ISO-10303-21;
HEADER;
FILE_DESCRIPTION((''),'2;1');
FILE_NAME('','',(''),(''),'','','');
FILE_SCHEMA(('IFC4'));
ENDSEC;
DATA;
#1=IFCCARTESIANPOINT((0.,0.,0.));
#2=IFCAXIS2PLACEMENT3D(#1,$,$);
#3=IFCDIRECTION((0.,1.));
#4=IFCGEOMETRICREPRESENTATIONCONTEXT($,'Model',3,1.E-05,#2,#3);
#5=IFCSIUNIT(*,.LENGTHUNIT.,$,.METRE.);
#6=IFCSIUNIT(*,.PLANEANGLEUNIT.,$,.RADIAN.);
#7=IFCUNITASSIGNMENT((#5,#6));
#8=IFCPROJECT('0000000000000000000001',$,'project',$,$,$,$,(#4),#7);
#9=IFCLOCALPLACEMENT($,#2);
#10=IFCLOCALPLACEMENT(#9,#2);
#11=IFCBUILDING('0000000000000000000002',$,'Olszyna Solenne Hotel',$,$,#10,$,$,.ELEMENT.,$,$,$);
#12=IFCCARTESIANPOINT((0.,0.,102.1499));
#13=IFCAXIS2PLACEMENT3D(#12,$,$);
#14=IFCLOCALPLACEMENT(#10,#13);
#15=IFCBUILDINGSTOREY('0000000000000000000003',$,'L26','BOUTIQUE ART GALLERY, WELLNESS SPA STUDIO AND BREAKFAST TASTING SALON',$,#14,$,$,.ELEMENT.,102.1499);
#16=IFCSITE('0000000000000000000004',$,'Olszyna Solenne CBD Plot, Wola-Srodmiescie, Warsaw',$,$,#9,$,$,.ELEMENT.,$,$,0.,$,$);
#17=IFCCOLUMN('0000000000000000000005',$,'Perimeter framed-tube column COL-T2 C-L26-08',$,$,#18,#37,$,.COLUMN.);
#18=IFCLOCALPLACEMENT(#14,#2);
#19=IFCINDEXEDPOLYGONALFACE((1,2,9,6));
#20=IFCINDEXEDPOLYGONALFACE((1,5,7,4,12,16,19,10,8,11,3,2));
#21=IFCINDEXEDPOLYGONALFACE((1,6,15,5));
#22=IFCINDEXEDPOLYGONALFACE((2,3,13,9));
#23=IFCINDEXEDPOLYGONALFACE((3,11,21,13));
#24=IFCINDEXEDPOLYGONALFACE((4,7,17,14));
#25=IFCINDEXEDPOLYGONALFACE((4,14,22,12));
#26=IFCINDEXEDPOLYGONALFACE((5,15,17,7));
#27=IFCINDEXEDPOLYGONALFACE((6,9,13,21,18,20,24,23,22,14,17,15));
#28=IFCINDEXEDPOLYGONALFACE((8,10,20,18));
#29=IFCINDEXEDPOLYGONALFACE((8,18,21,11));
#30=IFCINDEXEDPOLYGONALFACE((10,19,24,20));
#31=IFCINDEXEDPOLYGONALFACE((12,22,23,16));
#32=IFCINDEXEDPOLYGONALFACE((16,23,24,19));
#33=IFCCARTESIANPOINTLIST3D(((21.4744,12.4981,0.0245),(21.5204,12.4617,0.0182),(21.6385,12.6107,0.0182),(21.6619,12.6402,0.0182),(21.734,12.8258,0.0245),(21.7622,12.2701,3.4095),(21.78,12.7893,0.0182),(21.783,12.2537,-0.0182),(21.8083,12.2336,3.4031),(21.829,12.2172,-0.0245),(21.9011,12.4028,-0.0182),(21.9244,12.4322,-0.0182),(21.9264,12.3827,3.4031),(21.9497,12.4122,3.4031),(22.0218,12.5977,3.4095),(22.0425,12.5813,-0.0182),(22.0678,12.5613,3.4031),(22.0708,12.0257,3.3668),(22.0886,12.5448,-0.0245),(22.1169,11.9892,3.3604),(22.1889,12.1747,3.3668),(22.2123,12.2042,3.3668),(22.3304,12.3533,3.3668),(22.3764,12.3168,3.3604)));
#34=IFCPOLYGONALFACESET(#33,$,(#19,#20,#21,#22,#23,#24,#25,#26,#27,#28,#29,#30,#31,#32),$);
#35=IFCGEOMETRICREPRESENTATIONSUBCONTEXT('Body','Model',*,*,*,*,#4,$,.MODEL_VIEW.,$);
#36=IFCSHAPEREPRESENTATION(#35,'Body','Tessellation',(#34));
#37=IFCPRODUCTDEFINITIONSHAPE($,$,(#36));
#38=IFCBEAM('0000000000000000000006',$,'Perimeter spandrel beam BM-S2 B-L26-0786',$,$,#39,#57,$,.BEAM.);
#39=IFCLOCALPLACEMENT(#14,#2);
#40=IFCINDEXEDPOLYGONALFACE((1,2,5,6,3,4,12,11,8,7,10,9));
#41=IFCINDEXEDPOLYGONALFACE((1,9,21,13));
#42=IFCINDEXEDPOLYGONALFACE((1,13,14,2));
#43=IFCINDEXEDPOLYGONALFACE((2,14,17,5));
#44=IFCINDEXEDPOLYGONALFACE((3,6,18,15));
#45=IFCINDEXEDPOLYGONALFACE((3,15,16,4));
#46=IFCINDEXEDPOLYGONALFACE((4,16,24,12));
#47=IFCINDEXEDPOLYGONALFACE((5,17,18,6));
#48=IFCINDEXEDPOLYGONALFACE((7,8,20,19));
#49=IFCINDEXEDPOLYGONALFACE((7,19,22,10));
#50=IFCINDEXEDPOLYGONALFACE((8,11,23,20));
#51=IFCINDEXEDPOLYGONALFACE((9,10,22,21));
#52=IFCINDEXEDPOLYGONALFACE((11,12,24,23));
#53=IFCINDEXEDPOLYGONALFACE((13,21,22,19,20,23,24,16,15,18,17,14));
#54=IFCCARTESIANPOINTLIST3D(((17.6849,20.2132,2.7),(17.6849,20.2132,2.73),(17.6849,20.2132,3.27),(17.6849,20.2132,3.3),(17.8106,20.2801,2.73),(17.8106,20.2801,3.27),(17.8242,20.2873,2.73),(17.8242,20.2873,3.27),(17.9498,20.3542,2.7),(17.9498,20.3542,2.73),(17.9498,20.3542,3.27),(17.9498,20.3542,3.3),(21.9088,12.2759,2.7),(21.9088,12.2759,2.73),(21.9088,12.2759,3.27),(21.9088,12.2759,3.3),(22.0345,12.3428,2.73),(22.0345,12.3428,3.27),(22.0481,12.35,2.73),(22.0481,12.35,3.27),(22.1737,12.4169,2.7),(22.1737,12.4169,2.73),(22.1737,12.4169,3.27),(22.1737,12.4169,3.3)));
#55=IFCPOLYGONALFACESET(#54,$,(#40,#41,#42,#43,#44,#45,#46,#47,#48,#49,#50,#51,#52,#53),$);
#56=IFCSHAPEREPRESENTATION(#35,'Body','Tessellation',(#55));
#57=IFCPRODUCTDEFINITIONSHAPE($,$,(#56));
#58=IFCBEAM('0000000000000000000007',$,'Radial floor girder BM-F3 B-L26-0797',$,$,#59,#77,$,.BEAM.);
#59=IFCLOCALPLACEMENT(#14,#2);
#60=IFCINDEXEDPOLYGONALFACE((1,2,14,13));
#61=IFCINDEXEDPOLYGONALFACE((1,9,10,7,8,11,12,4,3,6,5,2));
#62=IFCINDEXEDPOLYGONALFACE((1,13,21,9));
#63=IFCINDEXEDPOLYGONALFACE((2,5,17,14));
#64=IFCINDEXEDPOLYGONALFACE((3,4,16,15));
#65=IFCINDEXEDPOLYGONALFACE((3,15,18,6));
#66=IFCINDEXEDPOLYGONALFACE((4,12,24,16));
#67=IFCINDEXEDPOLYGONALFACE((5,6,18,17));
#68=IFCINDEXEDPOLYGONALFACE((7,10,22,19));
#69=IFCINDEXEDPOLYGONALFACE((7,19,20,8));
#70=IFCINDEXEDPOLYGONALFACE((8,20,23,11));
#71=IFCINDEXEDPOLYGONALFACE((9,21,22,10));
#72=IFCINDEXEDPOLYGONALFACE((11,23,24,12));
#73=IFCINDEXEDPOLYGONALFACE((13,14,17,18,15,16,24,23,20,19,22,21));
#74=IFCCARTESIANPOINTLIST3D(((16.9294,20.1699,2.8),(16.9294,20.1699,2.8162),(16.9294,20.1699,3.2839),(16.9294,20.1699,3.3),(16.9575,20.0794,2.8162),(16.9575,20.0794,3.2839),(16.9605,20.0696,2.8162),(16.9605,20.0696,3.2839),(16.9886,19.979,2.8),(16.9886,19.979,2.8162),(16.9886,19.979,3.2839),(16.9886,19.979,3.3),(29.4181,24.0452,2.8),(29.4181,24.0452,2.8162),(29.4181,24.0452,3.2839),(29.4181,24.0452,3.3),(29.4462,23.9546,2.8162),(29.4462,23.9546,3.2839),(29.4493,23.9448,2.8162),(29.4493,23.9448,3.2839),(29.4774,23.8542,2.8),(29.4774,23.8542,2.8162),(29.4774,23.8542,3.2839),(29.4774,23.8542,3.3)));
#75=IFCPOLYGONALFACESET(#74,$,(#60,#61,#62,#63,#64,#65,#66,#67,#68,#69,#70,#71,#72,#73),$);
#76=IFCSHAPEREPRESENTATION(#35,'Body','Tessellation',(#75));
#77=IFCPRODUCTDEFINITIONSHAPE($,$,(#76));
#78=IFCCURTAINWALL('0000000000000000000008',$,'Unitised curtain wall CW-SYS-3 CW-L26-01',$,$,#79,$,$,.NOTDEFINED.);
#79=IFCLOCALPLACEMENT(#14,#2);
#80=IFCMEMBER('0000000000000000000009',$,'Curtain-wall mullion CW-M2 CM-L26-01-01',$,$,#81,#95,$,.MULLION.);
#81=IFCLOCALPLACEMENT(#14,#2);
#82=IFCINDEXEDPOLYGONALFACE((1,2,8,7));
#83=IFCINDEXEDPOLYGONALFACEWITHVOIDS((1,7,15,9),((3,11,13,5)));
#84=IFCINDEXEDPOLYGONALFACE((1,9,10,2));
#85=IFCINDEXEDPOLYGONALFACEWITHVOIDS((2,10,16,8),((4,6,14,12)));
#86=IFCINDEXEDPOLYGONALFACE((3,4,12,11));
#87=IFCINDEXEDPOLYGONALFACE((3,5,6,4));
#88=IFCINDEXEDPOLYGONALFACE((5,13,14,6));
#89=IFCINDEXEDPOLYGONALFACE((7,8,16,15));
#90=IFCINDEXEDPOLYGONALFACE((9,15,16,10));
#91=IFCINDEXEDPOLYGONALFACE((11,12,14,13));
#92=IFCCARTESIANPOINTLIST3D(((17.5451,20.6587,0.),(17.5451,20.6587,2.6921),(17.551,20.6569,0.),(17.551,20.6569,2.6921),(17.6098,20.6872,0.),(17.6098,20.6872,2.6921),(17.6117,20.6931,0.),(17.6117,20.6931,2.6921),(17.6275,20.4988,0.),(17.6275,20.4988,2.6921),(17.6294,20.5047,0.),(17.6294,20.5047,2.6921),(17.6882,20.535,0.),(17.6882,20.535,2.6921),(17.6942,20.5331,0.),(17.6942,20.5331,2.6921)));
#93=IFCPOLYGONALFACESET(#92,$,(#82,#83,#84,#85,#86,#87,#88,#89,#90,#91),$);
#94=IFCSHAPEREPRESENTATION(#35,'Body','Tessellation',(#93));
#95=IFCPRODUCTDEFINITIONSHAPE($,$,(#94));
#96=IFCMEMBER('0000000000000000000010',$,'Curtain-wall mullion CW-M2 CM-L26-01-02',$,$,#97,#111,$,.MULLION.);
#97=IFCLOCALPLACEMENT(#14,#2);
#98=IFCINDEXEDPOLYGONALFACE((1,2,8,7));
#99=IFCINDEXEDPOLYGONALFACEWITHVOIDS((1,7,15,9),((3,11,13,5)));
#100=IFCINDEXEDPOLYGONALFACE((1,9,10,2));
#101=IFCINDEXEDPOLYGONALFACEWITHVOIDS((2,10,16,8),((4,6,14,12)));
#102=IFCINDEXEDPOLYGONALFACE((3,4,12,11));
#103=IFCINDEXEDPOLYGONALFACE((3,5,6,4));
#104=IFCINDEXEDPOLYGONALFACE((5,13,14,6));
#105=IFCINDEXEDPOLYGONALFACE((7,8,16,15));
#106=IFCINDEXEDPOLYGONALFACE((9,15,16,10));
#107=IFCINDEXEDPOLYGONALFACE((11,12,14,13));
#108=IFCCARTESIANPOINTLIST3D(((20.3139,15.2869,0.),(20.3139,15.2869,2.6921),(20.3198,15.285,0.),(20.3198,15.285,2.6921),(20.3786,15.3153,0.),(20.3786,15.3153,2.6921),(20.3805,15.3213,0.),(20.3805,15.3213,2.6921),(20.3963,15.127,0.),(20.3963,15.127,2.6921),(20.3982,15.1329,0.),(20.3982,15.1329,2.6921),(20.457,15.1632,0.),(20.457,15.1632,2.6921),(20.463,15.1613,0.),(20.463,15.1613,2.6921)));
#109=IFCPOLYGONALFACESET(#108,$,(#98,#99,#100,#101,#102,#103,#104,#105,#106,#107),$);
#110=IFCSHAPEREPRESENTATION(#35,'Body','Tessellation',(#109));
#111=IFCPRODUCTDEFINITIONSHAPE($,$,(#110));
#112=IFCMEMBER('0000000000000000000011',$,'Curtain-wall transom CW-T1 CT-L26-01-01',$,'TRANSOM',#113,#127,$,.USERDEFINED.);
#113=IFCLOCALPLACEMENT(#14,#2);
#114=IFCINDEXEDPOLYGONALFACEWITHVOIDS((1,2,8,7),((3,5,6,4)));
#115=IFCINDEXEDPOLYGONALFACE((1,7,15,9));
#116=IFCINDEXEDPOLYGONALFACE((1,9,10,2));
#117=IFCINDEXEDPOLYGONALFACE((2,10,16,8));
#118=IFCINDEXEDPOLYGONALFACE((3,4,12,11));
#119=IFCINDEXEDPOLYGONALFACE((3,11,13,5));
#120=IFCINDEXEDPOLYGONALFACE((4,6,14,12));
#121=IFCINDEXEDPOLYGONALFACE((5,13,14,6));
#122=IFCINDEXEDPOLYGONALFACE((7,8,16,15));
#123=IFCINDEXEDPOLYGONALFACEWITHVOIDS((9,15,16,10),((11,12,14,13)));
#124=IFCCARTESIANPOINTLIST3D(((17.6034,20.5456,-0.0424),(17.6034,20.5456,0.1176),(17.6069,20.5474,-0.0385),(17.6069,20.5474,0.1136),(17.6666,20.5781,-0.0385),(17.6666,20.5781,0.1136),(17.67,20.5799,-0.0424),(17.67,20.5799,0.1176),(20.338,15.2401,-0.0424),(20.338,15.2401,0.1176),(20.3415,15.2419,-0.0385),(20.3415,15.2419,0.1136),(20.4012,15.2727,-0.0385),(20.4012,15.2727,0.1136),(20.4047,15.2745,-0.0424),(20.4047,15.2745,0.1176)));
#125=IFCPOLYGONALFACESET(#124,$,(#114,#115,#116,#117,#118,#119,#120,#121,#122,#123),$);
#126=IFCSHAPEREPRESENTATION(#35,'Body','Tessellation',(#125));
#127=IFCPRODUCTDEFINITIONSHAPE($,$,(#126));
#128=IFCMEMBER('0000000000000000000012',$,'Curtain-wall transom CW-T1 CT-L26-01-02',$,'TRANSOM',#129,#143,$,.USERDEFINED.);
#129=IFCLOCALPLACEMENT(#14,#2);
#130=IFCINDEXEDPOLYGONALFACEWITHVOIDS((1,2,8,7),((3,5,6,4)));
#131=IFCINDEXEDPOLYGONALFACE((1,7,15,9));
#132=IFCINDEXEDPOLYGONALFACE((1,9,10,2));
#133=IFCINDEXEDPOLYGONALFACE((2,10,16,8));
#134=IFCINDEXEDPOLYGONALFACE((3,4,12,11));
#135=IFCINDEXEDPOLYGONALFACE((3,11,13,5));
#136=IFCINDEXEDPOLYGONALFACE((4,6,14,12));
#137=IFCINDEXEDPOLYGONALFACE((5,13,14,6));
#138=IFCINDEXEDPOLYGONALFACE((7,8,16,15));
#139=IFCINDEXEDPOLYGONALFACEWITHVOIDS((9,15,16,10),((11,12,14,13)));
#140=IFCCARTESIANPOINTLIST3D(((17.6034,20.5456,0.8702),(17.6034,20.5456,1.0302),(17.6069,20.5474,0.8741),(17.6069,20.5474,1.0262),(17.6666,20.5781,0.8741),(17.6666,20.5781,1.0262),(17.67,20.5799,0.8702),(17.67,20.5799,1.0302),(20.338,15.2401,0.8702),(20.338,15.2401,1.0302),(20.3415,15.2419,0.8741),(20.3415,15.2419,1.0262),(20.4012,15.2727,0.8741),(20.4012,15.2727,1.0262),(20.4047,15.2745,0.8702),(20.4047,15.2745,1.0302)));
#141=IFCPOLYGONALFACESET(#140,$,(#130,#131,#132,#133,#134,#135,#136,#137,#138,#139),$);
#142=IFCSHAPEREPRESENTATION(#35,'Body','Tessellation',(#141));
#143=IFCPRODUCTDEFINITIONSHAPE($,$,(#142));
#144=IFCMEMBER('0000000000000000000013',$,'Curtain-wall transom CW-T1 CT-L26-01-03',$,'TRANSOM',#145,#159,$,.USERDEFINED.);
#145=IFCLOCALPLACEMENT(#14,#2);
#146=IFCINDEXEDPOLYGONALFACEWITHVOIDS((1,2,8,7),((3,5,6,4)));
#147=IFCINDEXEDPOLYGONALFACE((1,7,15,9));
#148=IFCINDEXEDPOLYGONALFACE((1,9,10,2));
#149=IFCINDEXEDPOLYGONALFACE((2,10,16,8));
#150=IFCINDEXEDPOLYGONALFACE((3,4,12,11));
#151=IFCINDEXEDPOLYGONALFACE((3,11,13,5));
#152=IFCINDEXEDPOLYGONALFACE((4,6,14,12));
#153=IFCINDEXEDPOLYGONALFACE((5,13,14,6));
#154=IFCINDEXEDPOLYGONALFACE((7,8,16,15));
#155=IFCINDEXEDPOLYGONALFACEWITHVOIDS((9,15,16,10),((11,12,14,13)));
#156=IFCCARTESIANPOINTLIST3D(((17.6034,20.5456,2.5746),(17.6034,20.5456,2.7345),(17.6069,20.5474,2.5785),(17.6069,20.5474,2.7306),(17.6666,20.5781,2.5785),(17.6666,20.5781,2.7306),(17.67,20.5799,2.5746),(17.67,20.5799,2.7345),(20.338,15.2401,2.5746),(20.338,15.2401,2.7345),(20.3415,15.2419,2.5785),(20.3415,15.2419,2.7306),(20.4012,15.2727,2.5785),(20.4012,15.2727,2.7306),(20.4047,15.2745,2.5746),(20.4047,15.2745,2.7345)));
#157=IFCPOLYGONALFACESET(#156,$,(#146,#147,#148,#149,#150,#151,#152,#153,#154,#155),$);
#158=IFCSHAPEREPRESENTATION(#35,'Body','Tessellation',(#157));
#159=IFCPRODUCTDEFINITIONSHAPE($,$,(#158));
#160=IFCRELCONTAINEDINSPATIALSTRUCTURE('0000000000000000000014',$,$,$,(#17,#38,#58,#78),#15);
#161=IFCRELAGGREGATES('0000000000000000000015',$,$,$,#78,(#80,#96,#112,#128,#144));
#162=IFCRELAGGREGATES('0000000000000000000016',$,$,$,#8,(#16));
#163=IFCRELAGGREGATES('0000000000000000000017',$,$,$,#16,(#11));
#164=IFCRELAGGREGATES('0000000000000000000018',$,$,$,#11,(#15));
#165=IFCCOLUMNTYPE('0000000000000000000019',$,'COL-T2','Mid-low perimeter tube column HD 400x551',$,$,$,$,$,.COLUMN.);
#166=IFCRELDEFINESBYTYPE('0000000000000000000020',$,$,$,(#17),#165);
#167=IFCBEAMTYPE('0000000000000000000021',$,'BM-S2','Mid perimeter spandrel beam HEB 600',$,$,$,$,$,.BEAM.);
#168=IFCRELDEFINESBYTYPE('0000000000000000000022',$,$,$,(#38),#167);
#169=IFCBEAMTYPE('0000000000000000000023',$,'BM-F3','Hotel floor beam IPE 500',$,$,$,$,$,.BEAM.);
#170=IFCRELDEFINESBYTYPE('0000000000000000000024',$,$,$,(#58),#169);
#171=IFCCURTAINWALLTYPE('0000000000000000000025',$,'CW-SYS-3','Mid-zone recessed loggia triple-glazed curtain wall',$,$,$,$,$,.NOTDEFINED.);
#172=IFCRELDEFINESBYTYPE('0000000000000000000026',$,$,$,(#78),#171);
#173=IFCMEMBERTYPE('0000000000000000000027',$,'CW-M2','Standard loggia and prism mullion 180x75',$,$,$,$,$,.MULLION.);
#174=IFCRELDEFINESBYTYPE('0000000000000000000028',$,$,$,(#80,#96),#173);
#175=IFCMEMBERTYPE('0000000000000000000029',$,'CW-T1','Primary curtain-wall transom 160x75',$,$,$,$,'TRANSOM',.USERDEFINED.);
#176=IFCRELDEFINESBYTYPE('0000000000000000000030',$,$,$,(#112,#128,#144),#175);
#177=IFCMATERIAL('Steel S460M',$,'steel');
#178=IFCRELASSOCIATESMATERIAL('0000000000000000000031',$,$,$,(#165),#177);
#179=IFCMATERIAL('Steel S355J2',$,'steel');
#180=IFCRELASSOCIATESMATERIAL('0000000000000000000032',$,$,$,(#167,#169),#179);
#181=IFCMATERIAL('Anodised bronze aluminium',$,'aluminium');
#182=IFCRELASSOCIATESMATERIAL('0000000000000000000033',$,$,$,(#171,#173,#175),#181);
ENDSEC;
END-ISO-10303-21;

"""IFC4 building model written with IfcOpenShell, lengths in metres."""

from ifc_helpers import new_model, si_unit, direction, frame, origin, origin_2d, place, context, subcontext, project, spatial, hollow_rectangle, i_section, extrude, source, transform, mapped, material, material_profile, profile_set, type_object, element, aggregate, save


model = new_model("IFC4")

# Units and contexts
model_context = context("Model", 3, precision=1e-05, world=origin(), true_north=direction((0.0, 1.0)))
body_context = subcontext(model_context, "Body", "Model", "MODEL_VIEW")
ifc_project = project(units=[si_unit("LENGTHUNIT", "METRE"), si_unit("PLANEANGLEUNIT", "RADIAN")], contexts=[model_context])

# Site, building, storey
site_placement = place(None, origin())
site = spatial("IfcSite", under=ifc_project, at=site_placement, Name="Olszyna Solenne CBD Plot, Wola-Srodmiescie, Warsaw", CompositionType="ELEMENT", RefElevation=0.0)
building_placement = place(site_placement, origin())
building = spatial("IfcBuilding", under=site, at=building_placement, Name="Olszyna Solenne Hotel", CompositionType="ELEMENT")
storey_placement = place(building_placement, frame((0.0, 0.0, 102.1499)))
storey = spatial("IfcBuildingStorey", under=building, at=storey_placement, Name="L26", Description="BOUTIQUE ART GALLERY, WELLNESS SPA STUDIO AND BREAKFAST TASTING SALON", CompositionType="ELEMENT", Elevation=102.1499)

# Column
ifc_material_1 = material(Name="Steel S460M", Category="steel")
ifc_material_profile_1 = material_profile(ifc_material_1, i_section(OverallWidth=0.418, OverallDepth=0.4551, WebThickness=0.0376, FlangeThickness=0.0591, at=origin_2d()), Name="HD 400x551", Category="load-bearing")
ifc_profile_set_1 = profile_set([ifc_material_profile_1], Name="Steel S460M")
column_type = type_object("IfcColumnType", Name="COL-T2", Description="Mid-low perimeter tube column HD 400x551", PredefinedType="COLUMN", material=ifc_profile_set_1)
shared_shape_1 = source(origin(), body_context, "Body", "SweptSolid", [
    extrude(i_section(OverallWidth=0.418, OverallDepth=0.4551, WebThickness=0.0376, FlangeThickness=0.0591, at=origin_2d()), origin(), (0.0, 0.0, 1.0), 3.4048),
])
column_placement = place(storey_placement, frame((21.7815, 12.5215, 0.0), z_axis=(0.084538, -0.066971, 0.994167), x_axis=(0.620958, 0.783844, 0.0)))
element("IfcColumn", 1, at=column_placement, inside=storey, type_object=column_type, Name="Perimeter framed-tube column COL-T2 C-L26-08", PredefinedType="COLUMN", context=body_context, shape_type="MappedRepresentation", body=[
    mapped(shared_shape_1, transform((0.0, 0.0, 0.0), x_axis=(1.0, 0.0, 0.0), y_axis=(0.0, 1.0, 0.0), z_axis=(0.0, 0.0, 1.0), scale=1.0)),
])

# Beams
ifc_material_2 = material(Name="Steel S355J2", Category="steel")
ifc_material_profile_2 = material_profile(ifc_material_2, i_section(OverallWidth=0.3, OverallDepth=0.6001, WebThickness=0.0154, FlangeThickness=0.03, at=origin_2d()), Name="HEB 600", Category="load-bearing")
ifc_profile_set_2 = profile_set([ifc_material_profile_2], Name="Steel S355J2")
beam_type_1 = type_object("IfcBeamType", Name="BM-S2", Description="Mid perimeter spandrel beam HEB 600", PredefinedType="BEAM", material=ifc_profile_set_2)
shared_shape_2 = source(origin(), body_context, "Body", "SweptSolid", [
    extrude(i_section(OverallWidth=0.3, OverallDepth=0.6001, WebThickness=0.0154, FlangeThickness=0.03, at=origin_2d()), origin(), (0.0, 0.0, 1.0), 8.9912),
])
beam_1_placement = place(storey_placement, frame((17.8174, 20.2837, 3.0), z_axis=(0.46978, -0.882783, 0.0), x_axis=(0.882783, 0.46978, 0.0)))
element("IfcBeam", 2, at=beam_1_placement, inside=storey, type_object=beam_type_1, Name="Perimeter spandrel beam BM-S2 B-L26-0786", PredefinedType="BEAM", context=body_context, shape_type="MappedRepresentation", body=[
    mapped(shared_shape_2, transform((0.0, 0.0, 0.0), x_axis=(1.0, 0.0, 0.0), y_axis=(0.0, 1.0, 0.0), z_axis=(0.0, 0.0, 1.0), scale=1.0)),
])
ifc_material_profile_3 = material_profile(ifc_material_2, i_section(OverallWidth=0.2, OverallDepth=0.5, WebThickness=0.0103, FlangeThickness=0.0161, at=origin_2d()), Name="IPE 500", Category="load-bearing")
ifc_profile_set_3 = profile_set([ifc_material_profile_3], Name="Steel S355J2")
beam_type_2 = type_object("IfcBeamType", Name="BM-F3", Description="Hotel floor beam IPE 500", PredefinedType="BEAM", material=ifc_profile_set_3)
shared_shape_3 = source(origin(), body_context, "Body", "SweptSolid", [
    extrude(i_section(OverallWidth=0.2, OverallDepth=0.5, WebThickness=0.0103, FlangeThickness=0.0161, at=origin_2d()), origin(), (0.0, 0.0, 1.0), 13.0762),
])
beam_2_placement = place(storey_placement, frame((16.959, 20.0745, 3.05), z_axis=(0.955077, 0.296359, 0.0), x_axis=(-0.296359, 0.955077, 0.0)))
element("IfcBeam", 3, at=beam_2_placement, inside=storey, type_object=beam_type_2, Name="Radial floor girder BM-F3 B-L26-0797", PredefinedType="BEAM", context=body_context, shape_type="MappedRepresentation", body=[
    mapped(shared_shape_3, transform((0.0, 0.0, 0.0), x_axis=(1.0, 0.0, 0.0), y_axis=(0.0, 1.0, 0.0), z_axis=(0.0, 0.0, 1.0), scale=1.0)),
])

# Curtain wall, members
ifc_material_3 = material(Name="Anodised bronze aluminium", Category="aluminium")
curtain_wall_type = type_object("IfcCurtainWallType", Name="CW-SYS-3", Description="Mid-zone recessed loggia triple-glazed curtain wall", PredefinedType="NOTDEFINED", material=ifc_material_3)
curtain_wall_placement = place(storey_placement, origin())
curtain_wall = element("IfcCurtainWall", 4, at=curtain_wall_placement, inside=storey, type_object=curtain_wall_type, Name="Unitised curtain wall CW-SYS-3 CW-L26-01", PredefinedType="NOTDEFINED")
ifc_material_profile_4 = material_profile(ifc_material_3, hollow_rectangle(XDim=0.075, YDim=0.1799, WallThickness=0.0044, at=origin_2d()), Name="MULL 180x75x4.5", Category="load-bearing")
ifc_profile_set_4 = profile_set([ifc_material_profile_4], Name="Anodised bronze aluminium")
member_type_1 = type_object("IfcMemberType", Name="CW-M2", Description="Standard loggia and prism mullion 180x75", PredefinedType="MULLION", material=ifc_profile_set_4)
shared_shape_4 = source(origin(), body_context, "Body", "SweptSolid", [
    extrude(hollow_rectangle(XDim=0.075, YDim=0.1799, WallThickness=0.0044, at=origin_2d()), origin(), (0.0, 0.0, 1.0), 2.6921),
])
member_1_placement = place(storey_placement, frame((17.6196, 20.5959, 0.0), z_axis=(0.0, 0.0, 1.0), x_axis=(0.888865, 0.458169, 0.0)))
member_1 = element("IfcMember", 5, at=member_1_placement, type_object=member_type_1, Name="Curtain-wall mullion CW-M2 CM-L26-01-01", PredefinedType="MULLION", context=body_context, shape_type="MappedRepresentation", body=[
    mapped(shared_shape_4, transform((0.0, 0.0, 0.0), x_axis=(1.0, 0.0, 0.0), y_axis=(0.0, 1.0, 0.0), z_axis=(0.0, 0.0, 1.0), scale=1.0)),
])
member_2_placement = place(storey_placement, frame((20.3884, 15.2241, 0.0), z_axis=(0.0, 0.0, 1.0), x_axis=(0.888865, 0.458169, 0.0)))
member_2 = element("IfcMember", 6, at=member_2_placement, type_object=member_type_1, Name="Curtain-wall mullion CW-M2 CM-L26-01-02", PredefinedType="MULLION", context=body_context, shape_type="MappedRepresentation", body=[
    mapped(shared_shape_4, transform((0.0, 0.0, 0.0), x_axis=(1.0, 0.0, 0.0), y_axis=(0.0, 1.0, 0.0), z_axis=(0.0, 0.0, 1.0), scale=1.0)),
])
ifc_material_profile_5 = material_profile(ifc_material_3, hollow_rectangle(XDim=0.075, YDim=0.1599, WallThickness=0.0039, at=origin_2d()), Name="TRAN 160x75x4", Category="load-bearing")
ifc_profile_set_5 = profile_set([ifc_material_profile_5], Name="Anodised bronze aluminium")
member_type_2 = type_object("IfcMemberType", Name="CW-T1", Description="Primary curtain-wall transom 160x75", ElementType="TRANSOM", PredefinedType="USERDEFINED", material=ifc_profile_set_5)
shared_shape_5 = source(origin(), body_context, "Body", "SweptSolid", [
    extrude(hollow_rectangle(XDim=0.075, YDim=0.1599, WallThickness=0.0039, at=origin_2d()), origin(), (0.0, 0.0, 1.0), 5.9688),
])
member_3_placement = place(storey_placement, frame((17.6367, 20.5627, 0.0376), z_axis=(0.458158, -0.888871, 0.0), x_axis=(0.888871, 0.458158, 0.0)))
member_3 = element("IfcMember", 7, at=member_3_placement, type_object=member_type_2, Name="Curtain-wall transom CW-T1 CT-L26-01-01", ObjectType="TRANSOM", PredefinedType="USERDEFINED", context=body_context, shape_type="MappedRepresentation", body=[
    mapped(shared_shape_5, transform((0.0, 0.0, 0.0), x_axis=(1.0, 0.0, 0.0), y_axis=(0.0, 1.0, 0.0), z_axis=(0.0, 0.0, 1.0), scale=1.0)),
])
member_4_placement = place(storey_placement, frame((17.6367, 20.5627, 0.9502), z_axis=(0.458158, -0.888871, 0.0), x_axis=(0.888871, 0.458158, 0.0)))
member_4 = element("IfcMember", 8, at=member_4_placement, type_object=member_type_2, Name="Curtain-wall transom CW-T1 CT-L26-01-02", ObjectType="TRANSOM", PredefinedType="USERDEFINED", context=body_context, shape_type="MappedRepresentation", body=[
    mapped(shared_shape_5, transform((0.0, 0.0, 0.0), x_axis=(1.0, 0.0, 0.0), y_axis=(0.0, 1.0, 0.0), z_axis=(0.0, 0.0, 1.0), scale=1.0)),
])
member_5_placement = place(storey_placement, frame((17.6367, 20.5627, 2.6545), z_axis=(0.458158, -0.888871, 0.0), x_axis=(0.888871, 0.458158, 0.0)))
member_5 = element("IfcMember", 9, at=member_5_placement, type_object=member_type_2, Name="Curtain-wall transom CW-T1 CT-L26-01-03", ObjectType="TRANSOM", PredefinedType="USERDEFINED", context=body_context, shape_type="MappedRepresentation", body=[
    mapped(shared_shape_5, transform((0.0, 0.0, 0.0), x_axis=(1.0, 0.0, 0.0), y_axis=(0.0, 1.0, 0.0), z_axis=(0.0, 0.0, 1.0), scale=1.0)),
])

aggregate(curtain_wall, [member_1, member_2, member_3, member_4, member_5])

save(model, "model.ifc")
